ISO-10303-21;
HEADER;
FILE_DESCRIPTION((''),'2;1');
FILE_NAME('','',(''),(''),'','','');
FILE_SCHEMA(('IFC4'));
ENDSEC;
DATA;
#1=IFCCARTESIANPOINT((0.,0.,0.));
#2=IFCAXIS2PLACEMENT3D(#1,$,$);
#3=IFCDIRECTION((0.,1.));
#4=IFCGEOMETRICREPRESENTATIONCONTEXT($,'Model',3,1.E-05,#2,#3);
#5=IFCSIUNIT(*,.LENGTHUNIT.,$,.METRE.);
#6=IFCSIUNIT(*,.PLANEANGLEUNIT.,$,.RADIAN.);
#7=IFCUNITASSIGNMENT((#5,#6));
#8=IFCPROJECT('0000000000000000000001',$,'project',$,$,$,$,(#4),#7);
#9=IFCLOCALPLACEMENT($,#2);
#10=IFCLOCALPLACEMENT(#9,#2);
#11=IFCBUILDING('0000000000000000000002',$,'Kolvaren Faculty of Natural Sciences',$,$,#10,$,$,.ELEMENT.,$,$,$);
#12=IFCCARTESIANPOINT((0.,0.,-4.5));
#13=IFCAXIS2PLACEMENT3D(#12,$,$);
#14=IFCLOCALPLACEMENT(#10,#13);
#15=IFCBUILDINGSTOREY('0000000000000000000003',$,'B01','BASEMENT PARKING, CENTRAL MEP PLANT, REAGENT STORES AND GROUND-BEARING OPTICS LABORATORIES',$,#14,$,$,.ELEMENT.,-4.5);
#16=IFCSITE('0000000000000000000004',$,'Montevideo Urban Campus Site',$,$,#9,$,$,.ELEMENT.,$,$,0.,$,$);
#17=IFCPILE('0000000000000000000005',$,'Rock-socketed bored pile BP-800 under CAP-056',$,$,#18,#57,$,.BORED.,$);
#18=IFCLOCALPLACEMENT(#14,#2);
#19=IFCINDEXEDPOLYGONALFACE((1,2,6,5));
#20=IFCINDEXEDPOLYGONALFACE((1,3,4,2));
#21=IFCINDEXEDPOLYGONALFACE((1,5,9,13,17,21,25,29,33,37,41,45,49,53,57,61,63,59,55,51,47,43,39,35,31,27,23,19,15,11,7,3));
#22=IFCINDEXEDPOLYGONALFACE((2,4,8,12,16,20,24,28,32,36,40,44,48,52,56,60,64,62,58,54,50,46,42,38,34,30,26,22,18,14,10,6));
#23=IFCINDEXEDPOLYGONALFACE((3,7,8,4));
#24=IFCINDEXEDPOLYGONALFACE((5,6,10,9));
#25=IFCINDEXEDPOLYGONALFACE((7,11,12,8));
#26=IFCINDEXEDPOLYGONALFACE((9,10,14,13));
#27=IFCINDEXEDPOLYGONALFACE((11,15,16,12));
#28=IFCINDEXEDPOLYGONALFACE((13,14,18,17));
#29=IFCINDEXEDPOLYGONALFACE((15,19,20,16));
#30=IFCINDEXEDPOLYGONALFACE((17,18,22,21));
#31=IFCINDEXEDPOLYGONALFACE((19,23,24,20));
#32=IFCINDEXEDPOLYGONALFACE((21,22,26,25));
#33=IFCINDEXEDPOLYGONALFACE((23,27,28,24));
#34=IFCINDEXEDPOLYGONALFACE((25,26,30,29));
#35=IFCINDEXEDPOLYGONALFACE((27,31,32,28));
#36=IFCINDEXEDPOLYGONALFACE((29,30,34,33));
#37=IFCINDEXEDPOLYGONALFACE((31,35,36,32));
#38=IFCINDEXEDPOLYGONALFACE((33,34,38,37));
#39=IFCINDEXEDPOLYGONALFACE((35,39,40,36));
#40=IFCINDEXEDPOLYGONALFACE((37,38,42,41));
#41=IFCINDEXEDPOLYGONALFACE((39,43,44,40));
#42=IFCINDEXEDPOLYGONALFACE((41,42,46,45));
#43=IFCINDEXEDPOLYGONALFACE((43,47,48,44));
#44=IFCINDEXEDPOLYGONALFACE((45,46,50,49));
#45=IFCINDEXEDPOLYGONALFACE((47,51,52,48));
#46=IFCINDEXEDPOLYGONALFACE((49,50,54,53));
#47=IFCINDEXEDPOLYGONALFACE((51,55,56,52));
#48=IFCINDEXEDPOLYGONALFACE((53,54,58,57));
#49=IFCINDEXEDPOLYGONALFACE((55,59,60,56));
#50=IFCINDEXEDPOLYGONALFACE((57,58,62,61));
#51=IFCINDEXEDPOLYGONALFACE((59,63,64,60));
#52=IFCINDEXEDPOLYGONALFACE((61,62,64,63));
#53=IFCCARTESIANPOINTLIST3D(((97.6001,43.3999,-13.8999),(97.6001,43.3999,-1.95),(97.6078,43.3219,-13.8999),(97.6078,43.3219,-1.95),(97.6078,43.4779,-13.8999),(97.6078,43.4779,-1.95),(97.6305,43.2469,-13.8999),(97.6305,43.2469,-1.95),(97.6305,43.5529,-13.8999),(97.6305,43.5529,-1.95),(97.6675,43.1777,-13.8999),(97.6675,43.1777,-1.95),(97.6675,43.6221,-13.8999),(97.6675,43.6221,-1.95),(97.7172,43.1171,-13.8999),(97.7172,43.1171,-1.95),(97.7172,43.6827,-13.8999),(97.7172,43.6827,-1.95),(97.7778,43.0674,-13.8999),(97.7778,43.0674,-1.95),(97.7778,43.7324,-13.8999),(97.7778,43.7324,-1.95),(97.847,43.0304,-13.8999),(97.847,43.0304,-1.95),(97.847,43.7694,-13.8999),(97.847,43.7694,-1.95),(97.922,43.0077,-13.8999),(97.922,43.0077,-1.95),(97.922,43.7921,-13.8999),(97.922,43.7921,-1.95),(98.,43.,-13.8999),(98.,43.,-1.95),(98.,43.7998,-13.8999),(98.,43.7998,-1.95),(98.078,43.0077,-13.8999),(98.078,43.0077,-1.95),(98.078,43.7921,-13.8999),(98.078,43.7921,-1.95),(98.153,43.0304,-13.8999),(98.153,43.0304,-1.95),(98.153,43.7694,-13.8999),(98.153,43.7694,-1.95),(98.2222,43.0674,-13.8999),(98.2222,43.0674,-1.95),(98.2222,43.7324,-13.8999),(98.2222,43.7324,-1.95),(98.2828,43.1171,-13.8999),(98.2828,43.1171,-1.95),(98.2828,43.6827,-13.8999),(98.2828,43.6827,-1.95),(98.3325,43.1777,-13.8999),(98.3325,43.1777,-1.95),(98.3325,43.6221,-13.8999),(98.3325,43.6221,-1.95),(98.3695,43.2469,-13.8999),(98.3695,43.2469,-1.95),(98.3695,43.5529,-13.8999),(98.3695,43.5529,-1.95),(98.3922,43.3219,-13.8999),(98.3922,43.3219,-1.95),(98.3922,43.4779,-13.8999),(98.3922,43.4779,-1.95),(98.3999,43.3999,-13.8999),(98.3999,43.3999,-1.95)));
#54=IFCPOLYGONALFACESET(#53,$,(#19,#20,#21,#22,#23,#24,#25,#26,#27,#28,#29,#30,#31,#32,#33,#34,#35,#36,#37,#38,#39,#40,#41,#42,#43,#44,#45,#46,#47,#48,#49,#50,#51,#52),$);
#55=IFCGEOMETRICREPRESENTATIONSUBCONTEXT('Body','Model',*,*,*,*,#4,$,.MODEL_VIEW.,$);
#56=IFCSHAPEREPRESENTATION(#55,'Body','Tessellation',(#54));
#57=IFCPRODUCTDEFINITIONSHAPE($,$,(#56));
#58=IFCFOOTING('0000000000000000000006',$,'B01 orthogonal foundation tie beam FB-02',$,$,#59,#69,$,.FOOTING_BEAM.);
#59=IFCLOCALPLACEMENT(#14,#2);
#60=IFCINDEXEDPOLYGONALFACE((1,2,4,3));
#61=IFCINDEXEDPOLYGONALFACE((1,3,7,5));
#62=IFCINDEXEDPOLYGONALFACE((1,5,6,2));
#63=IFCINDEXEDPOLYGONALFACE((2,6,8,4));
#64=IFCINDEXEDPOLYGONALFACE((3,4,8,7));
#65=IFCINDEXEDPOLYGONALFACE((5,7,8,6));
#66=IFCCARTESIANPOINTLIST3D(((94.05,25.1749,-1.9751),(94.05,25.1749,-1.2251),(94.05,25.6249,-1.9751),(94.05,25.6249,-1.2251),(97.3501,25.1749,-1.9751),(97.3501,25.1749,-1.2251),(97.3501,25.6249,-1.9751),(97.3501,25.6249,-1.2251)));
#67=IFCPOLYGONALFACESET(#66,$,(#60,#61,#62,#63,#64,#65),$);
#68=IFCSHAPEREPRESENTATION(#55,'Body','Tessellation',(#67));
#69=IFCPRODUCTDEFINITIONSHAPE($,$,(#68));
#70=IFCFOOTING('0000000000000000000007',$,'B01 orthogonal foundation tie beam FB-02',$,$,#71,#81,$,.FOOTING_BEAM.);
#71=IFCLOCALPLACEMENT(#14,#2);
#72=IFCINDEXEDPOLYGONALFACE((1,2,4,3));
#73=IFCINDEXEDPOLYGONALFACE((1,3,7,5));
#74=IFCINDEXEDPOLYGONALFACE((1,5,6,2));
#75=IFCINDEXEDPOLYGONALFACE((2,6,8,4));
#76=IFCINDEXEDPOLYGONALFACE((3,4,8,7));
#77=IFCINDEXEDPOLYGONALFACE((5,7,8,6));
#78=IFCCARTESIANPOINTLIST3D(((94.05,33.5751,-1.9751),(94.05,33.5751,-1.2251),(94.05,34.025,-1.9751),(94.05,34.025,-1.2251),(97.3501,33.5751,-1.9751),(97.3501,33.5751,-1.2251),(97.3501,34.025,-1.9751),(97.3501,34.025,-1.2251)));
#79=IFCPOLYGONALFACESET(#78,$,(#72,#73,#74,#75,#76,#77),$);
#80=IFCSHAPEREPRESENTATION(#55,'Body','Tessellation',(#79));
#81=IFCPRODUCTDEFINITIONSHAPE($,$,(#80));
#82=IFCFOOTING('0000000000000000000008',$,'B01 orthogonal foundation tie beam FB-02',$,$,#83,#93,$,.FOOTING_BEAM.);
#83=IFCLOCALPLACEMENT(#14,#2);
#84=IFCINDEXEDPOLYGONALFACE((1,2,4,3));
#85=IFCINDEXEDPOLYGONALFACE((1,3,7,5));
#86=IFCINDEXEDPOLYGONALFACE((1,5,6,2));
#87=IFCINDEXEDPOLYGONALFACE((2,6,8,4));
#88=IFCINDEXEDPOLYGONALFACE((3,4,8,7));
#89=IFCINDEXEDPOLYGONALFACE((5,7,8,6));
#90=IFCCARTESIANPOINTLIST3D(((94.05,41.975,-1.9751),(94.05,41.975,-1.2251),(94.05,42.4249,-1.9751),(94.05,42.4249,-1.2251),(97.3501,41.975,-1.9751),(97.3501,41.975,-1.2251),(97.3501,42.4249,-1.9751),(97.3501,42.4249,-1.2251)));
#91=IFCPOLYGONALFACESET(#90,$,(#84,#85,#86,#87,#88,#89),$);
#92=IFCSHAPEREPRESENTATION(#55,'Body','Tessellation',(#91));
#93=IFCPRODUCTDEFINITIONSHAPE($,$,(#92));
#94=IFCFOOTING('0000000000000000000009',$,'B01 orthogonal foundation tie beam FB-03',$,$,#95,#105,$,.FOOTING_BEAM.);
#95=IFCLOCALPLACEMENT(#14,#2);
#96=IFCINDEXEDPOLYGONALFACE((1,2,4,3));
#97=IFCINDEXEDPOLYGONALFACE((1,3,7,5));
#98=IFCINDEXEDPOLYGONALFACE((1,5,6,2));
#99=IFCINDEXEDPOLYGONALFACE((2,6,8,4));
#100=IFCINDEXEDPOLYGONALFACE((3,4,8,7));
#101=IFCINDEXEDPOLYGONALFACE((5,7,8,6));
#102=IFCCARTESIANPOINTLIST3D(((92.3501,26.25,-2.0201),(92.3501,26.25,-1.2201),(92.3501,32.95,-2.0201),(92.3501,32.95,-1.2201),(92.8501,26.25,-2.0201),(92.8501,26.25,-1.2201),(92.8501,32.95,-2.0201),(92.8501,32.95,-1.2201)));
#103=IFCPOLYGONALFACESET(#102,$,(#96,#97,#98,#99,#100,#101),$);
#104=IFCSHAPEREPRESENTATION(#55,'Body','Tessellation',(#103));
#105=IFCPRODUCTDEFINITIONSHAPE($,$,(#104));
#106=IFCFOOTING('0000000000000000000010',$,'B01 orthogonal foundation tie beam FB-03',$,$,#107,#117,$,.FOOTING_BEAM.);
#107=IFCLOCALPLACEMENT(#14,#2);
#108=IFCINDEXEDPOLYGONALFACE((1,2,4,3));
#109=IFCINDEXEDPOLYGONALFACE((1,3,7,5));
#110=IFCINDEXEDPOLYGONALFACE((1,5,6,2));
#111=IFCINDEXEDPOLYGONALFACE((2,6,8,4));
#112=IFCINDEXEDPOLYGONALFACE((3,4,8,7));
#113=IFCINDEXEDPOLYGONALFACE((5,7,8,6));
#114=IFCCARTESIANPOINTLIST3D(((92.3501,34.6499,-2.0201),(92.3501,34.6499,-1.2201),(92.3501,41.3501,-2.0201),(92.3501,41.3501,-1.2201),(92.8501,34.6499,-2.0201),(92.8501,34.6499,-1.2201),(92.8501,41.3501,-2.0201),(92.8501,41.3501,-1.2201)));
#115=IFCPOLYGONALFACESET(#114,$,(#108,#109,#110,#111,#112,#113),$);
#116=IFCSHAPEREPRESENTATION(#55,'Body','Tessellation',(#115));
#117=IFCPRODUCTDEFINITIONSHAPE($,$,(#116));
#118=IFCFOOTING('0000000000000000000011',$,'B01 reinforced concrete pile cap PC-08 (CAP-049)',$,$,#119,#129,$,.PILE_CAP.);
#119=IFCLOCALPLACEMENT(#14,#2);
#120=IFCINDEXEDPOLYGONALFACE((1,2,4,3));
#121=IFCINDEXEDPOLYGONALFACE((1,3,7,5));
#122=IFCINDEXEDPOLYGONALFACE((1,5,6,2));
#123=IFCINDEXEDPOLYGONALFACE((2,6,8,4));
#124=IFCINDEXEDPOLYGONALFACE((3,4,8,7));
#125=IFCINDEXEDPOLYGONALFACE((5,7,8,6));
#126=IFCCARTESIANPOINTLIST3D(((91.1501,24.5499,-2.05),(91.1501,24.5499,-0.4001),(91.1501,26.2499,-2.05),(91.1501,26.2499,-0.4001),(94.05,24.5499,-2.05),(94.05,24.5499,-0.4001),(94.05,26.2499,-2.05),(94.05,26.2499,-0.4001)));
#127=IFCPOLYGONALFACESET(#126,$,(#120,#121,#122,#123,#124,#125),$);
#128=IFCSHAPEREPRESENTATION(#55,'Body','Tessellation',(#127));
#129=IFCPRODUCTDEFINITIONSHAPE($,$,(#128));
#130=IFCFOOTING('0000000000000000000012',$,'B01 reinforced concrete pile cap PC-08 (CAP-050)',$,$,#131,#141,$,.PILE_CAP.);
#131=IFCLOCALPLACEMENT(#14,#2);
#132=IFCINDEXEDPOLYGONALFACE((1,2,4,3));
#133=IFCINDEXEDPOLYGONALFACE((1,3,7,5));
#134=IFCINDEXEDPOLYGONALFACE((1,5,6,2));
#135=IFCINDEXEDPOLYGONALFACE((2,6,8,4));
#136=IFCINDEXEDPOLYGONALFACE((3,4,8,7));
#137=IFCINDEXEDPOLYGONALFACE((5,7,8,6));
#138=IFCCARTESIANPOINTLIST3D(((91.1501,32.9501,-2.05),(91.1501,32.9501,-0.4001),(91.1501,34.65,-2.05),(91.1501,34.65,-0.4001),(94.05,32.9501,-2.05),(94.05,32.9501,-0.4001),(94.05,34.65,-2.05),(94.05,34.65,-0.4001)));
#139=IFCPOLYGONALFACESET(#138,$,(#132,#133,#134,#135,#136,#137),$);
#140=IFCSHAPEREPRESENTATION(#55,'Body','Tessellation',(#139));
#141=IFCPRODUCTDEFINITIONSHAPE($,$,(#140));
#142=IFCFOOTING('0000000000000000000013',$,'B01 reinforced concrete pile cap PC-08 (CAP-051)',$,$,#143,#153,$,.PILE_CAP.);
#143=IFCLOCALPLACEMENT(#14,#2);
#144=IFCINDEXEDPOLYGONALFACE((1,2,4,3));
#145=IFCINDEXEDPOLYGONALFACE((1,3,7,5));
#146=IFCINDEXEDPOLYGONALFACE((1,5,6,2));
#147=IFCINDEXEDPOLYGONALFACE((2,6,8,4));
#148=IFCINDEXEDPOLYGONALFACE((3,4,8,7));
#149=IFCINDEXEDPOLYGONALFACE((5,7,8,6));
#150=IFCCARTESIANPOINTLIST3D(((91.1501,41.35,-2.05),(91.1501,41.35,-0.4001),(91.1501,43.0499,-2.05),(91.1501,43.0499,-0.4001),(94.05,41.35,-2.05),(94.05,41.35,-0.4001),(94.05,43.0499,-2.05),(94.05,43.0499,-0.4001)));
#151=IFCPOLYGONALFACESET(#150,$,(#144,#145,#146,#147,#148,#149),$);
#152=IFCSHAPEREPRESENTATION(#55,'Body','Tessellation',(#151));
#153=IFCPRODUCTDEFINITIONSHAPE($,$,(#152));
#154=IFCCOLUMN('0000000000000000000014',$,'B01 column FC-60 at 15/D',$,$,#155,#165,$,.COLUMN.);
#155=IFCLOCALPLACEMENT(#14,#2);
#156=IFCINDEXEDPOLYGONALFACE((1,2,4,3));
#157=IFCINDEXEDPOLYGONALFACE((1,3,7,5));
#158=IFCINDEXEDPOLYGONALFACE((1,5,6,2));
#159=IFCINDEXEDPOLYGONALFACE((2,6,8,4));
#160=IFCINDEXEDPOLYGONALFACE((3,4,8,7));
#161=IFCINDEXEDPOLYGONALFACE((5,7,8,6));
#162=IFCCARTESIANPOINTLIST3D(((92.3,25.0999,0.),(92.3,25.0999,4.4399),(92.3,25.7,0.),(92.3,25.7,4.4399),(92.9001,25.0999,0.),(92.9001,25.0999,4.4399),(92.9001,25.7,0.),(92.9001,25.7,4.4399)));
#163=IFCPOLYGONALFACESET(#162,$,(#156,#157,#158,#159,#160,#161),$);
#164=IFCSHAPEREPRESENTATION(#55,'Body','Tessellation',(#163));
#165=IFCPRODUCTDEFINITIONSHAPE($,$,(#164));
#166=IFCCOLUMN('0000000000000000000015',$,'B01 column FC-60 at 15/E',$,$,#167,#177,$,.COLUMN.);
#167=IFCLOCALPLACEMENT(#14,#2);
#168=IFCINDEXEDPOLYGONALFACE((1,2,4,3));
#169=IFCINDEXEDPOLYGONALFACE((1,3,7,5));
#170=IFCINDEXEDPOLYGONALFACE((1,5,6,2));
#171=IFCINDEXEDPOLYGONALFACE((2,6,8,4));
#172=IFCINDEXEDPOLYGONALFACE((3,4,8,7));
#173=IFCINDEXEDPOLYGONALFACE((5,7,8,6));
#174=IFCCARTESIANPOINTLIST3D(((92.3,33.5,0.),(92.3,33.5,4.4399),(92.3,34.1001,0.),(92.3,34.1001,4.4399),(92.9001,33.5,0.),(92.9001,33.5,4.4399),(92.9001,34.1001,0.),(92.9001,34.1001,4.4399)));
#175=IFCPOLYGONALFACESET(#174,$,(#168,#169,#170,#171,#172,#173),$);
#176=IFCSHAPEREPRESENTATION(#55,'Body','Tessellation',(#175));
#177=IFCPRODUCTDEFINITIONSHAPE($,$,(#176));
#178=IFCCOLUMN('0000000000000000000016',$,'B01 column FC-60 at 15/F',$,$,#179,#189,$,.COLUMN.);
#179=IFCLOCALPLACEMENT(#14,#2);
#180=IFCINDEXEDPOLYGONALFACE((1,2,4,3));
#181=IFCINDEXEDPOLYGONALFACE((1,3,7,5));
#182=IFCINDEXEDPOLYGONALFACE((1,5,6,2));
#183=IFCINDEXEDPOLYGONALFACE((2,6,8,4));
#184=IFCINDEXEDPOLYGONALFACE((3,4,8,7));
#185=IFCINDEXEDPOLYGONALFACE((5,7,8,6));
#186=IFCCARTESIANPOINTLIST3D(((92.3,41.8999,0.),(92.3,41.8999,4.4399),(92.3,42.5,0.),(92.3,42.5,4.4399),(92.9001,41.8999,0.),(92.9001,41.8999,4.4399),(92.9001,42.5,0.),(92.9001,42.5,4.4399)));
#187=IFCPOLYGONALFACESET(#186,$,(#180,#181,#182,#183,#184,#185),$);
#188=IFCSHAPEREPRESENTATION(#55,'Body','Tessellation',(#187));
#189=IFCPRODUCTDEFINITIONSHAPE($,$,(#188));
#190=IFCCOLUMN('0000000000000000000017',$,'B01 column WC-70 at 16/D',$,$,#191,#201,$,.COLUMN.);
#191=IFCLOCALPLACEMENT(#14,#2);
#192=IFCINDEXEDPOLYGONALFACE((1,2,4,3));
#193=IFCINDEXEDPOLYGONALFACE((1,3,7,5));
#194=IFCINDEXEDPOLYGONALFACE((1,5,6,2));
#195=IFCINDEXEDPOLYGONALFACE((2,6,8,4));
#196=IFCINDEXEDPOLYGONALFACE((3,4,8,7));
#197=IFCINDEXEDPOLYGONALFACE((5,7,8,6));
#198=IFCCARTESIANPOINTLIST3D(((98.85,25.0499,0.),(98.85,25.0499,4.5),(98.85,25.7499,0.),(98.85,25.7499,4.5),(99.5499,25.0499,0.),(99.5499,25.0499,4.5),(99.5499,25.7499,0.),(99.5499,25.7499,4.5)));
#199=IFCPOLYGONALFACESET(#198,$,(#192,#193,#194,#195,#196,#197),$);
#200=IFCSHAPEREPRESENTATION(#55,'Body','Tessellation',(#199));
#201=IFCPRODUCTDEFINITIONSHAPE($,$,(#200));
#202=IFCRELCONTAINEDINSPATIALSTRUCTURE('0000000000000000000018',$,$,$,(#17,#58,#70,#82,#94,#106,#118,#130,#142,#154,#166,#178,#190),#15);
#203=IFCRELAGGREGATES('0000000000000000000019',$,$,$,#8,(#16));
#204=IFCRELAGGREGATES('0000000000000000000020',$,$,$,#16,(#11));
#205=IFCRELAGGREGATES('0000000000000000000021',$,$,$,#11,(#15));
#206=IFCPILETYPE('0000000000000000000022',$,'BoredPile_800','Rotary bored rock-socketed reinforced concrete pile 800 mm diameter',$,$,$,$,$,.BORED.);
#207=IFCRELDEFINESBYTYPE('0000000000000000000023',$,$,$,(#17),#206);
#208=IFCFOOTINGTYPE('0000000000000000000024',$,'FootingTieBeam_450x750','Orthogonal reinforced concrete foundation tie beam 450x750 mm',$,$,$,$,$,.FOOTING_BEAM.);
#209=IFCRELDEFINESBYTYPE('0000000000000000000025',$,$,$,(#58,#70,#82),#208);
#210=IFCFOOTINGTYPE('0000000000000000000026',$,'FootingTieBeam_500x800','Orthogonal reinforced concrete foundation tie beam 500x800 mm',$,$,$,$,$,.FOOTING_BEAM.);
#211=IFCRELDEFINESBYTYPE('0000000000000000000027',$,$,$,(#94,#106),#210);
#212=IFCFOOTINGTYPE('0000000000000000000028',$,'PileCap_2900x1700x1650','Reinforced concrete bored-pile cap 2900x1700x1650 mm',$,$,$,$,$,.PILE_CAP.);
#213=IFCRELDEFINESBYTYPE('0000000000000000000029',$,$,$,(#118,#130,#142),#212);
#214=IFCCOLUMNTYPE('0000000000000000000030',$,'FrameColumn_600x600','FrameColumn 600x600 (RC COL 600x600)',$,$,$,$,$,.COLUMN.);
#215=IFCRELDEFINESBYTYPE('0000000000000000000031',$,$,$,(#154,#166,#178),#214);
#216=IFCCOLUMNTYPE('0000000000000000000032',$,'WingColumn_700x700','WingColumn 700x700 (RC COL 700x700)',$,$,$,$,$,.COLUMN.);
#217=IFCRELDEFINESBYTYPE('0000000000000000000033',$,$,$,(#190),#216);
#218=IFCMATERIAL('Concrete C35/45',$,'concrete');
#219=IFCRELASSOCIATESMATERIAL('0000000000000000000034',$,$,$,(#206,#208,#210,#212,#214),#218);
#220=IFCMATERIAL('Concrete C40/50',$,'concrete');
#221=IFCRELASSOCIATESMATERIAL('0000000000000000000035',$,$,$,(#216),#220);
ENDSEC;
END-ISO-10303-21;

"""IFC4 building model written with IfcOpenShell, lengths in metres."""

from ifc_helpers import new_model, si_unit, direction, frame, origin, origin_2d, place, context, subcontext, project, spatial, rectangle, circle, extrude, material, material_profile, profile_set, type_object, element, save


model = new_model("IFC4")

# Units and contexts
model_context = context("Model", 3, precision=1e-05, world=origin(), true_north=direction((0.0, 1.0)))
body_context = subcontext(model_context, "Body", "Model", "MODEL_VIEW")
ifc_project = project(units=[si_unit("LENGTHUNIT", "METRE"), si_unit("PLANEANGLEUNIT", "RADIAN")], contexts=[model_context])

# Site, building, storey
site_placement = place(None, origin())
site = spatial("IfcSite", under=ifc_project, at=site_placement, Name="Montevideo Urban Campus Site", CompositionType="ELEMENT", RefElevation=0.0)
building_placement = place(site_placement, origin())
building = spatial("IfcBuilding", under=site, at=building_placement, Name="Kolvaren Faculty of Natural Sciences", CompositionType="ELEMENT")
storey_placement = place(building_placement, frame((0.0, 0.0, -4.5)))
storey = spatial("IfcBuildingStorey", under=building, at=storey_placement, Name="B01", Description="BASEMENT PARKING, CENTRAL MEP PLANT, REAGENT STORES AND GROUND-BEARING OPTICS LABORATORIES", CompositionType="ELEMENT", Elevation=-4.5)

# Pile
ifc_material_1 = material(Name="Concrete C35/45", Category="concrete")
ifc_material_profile_1 = material_profile(ifc_material_1, circle(Radius=0.3999, at=origin_2d()), Name="PILE D800")
ifc_profile_set_1 = profile_set([ifc_material_profile_1], Name="Concrete C35/45")
pile_type_1 = type_object("IfcPileType", Name="BoredPile_800", Description="Rotary bored rock-socketed reinforced concrete pile 800 mm diameter", PredefinedType="BORED", material=ifc_profile_set_1)
for number, where, z_axis, x_axis, name in (
    (1, (98.0, 43.3999, -1.95), (0.0, 0.0, -1.0), (1.0, 0.0, 0.0), "Rock-socketed bored pile BP-800 under CAP-056"),
):
    element("IfcPile", number, at=place(storey_placement, frame(where, z_axis=z_axis, x_axis=x_axis)), inside=storey, type_object=pile_type_1, Name=name, PredefinedType="BORED", context=body_context, shape_type="SweptSolid", body=[
        extrude(circle(Radius=0.3999, at=origin_2d()), origin(), (0.0, 0.0, 1.0), 11.95),
    ])

# Footings
ifc_material_profile_2 = material_profile(ifc_material_1, rectangle(XDim=0.45, YDim=0.75, at=origin_2d()), Name="RC FB 450x750")
ifc_profile_set_2 = profile_set([ifc_material_profile_2], Name="Concrete C35/45")
footing_type_1 = type_object("IfcFootingType", Name="FootingTieBeam_450x750", Description="Orthogonal reinforced concrete foundation tie beam 450x750 mm", PredefinedType="FOOTING_BEAM", material=ifc_profile_set_2)
for number, where, z_axis, x_axis, name in (
    (2, (94.05, 25.3999, -1.6001), (1.0, 0.0, 0.0), (0.0, 1.0, 0.0), "B01 orthogonal foundation tie beam FB-02"),
    (3, (94.05, 33.8, -1.6001), (1.0, 0.0, 0.0), (0.0, 1.0, 0.0), "B01 orthogonal foundation tie beam FB-02"),
    (4, (94.05, 42.2, -1.6001), (1.0, 0.0, 0.0), (0.0, 1.0, 0.0), "B01 orthogonal foundation tie beam FB-02"),
):
    element("IfcFooting", number, at=place(storey_placement, frame(where, z_axis=z_axis, x_axis=x_axis)), inside=storey, type_object=footing_type_1, Name=name, PredefinedType="FOOTING_BEAM", context=body_context, shape_type="SweptSolid", body=[
        extrude(rectangle(XDim=0.45, YDim=0.75, at=origin_2d()), origin(), (0.0, 0.0, 1.0), 3.3),
    ])
ifc_material_profile_3 = material_profile(ifc_material_1, rectangle(XDim=0.5, YDim=0.8, at=origin_2d()), Name="RC FB 500x800")
ifc_profile_set_3 = profile_set([ifc_material_profile_3], Name="Concrete C35/45")
footing_type_2 = type_object("IfcFootingType", Name="FootingTieBeam_500x800", Description="Orthogonal reinforced concrete foundation tie beam 500x800 mm", PredefinedType="FOOTING_BEAM", material=ifc_profile_set_3)
footing_1_placement = place(storey_placement, frame((92.6001, 26.25, -1.6201), z_axis=(0.0, 1.0, 0.0), x_axis=(-1.0, 0.0, 0.0)))
element("IfcFooting", 5, at=footing_1_placement, inside=storey, type_object=footing_type_2, Name="B01 orthogonal foundation tie beam FB-03", PredefinedType="FOOTING_BEAM", context=body_context, shape_type="SweptSolid", body=[
    extrude(rectangle(XDim=0.5, YDim=0.8, at=origin_2d()), origin(), (0.0, 0.0, 1.0), 6.7),
])
footing_2_placement = place(storey_placement, frame((92.6001, 34.6499, -1.6201), z_axis=(0.0, 1.0, 0.0), x_axis=(-1.0, 0.0, 0.0)))
element("IfcFooting", 6, at=footing_2_placement, inside=storey, type_object=footing_type_2, Name="B01 orthogonal foundation tie beam FB-03", PredefinedType="FOOTING_BEAM", context=body_context, shape_type="SweptSolid", body=[
    extrude(rectangle(XDim=0.5, YDim=0.8, at=origin_2d()), origin(), (0.0, 0.0, 1.0), 6.7002),
])
footing_type_3 = type_object("IfcFootingType", Name="PileCap_2900x1700x1650", Description="Reinforced concrete bored-pile cap 2900x1700x1650 mm", PredefinedType="PILE_CAP", material=ifc_material_1)
for number, where, z_axis, x_axis, name in (
    (7, (92.6001, 25.3999, -2.05), (0.0, 0.0, 1.0), (1.0, 0.0, 0.0), "B01 reinforced concrete pile cap PC-08 (CAP-049)"),
    (8, (92.6001, 33.8, -2.05), (0.0, 0.0, 1.0), (1.0, 0.0, 0.0), "B01 reinforced concrete pile cap PC-08 (CAP-050)"),
    (9, (92.6001, 42.2, -2.05), (0.0, 0.0, 1.0), (1.0, 0.0, 0.0), "B01 reinforced concrete pile cap PC-08 (CAP-051)"),
):
    element("IfcFooting", number, at=place(storey_placement, frame(where, z_axis=z_axis, x_axis=x_axis)), inside=storey, type_object=footing_type_3, Name=name, PredefinedType="PILE_CAP", context=body_context, shape_type="SweptSolid", body=[
        extrude(rectangle(XDim=2.8999, YDim=1.7, at=origin_2d()), origin(), (0.0, 0.0, 1.0), 1.6499),
    ])

# Columns
ifc_material_profile_4 = material_profile(ifc_material_1, rectangle(XDim=0.6001, YDim=0.6001, at=origin_2d()), Name="RC COL 600x600")
ifc_profile_set_4 = profile_set([ifc_material_profile_4], Name="Concrete C35/45")
column_type_1 = type_object("IfcColumnType", Name="FrameColumn_600x600", Description="FrameColumn 600x600 (RC COL 600x600)", PredefinedType="COLUMN", material=ifc_profile_set_4)
for number, where, z_axis, x_axis, name in (
    (10, (92.6001, 25.3999, 0.0), (0.0, 0.0, 1.0), (1.0, 0.0, 0.0), "B01 column FC-60 at 15/D"),
    (11, (92.6001, 33.8, 0.0), (0.0, 0.0, 1.0), (1.0, 0.0, 0.0), "B01 column FC-60 at 15/E"),
    (12, (92.6001, 42.2, 0.0), (0.0, 0.0, 1.0), (1.0, 0.0, 0.0), "B01 column FC-60 at 15/F"),
):
    element("IfcColumn", number, at=place(storey_placement, frame(where, z_axis=z_axis, x_axis=x_axis)), inside=storey, type_object=column_type_1, Name=name, PredefinedType="COLUMN", context=body_context, shape_type="SweptSolid", body=[
        extrude(rectangle(XDim=0.6001, YDim=0.6001, at=origin_2d()), origin(), (0.0, 0.0, 1.0), 4.4399),
    ])
ifc_material_2 = material(Name="Concrete C40/50", Category="concrete")
ifc_material_profile_5 = material_profile(ifc_material_2, rectangle(XDim=0.7, YDim=0.7, at=origin_2d()), Name="RC COL 700x700")
ifc_profile_set_5 = profile_set([ifc_material_profile_5], Name="Concrete C40/50")
column_type_2 = type_object("IfcColumnType", Name="WingColumn_700x700", Description="WingColumn 700x700 (RC COL 700x700)", PredefinedType="COLUMN", material=ifc_profile_set_5)
column_placement = place(storey_placement, frame((99.2, 25.3999, 0.0), z_axis=(0.0, 0.0, 1.0), x_axis=(1.0, 0.0, 0.0)))
element("IfcColumn", 13, at=column_placement, inside=storey, type_object=column_type_2, Name="B01 column WC-70 at 16/D", PredefinedType="COLUMN", context=body_context, shape_type="SweptSolid", body=[
    extrude(rectangle(XDim=0.7, YDim=0.7, at=origin_2d()), origin(), (0.0, 0.0, 1.0), 4.5),
])

save(model, "model.ifc")
